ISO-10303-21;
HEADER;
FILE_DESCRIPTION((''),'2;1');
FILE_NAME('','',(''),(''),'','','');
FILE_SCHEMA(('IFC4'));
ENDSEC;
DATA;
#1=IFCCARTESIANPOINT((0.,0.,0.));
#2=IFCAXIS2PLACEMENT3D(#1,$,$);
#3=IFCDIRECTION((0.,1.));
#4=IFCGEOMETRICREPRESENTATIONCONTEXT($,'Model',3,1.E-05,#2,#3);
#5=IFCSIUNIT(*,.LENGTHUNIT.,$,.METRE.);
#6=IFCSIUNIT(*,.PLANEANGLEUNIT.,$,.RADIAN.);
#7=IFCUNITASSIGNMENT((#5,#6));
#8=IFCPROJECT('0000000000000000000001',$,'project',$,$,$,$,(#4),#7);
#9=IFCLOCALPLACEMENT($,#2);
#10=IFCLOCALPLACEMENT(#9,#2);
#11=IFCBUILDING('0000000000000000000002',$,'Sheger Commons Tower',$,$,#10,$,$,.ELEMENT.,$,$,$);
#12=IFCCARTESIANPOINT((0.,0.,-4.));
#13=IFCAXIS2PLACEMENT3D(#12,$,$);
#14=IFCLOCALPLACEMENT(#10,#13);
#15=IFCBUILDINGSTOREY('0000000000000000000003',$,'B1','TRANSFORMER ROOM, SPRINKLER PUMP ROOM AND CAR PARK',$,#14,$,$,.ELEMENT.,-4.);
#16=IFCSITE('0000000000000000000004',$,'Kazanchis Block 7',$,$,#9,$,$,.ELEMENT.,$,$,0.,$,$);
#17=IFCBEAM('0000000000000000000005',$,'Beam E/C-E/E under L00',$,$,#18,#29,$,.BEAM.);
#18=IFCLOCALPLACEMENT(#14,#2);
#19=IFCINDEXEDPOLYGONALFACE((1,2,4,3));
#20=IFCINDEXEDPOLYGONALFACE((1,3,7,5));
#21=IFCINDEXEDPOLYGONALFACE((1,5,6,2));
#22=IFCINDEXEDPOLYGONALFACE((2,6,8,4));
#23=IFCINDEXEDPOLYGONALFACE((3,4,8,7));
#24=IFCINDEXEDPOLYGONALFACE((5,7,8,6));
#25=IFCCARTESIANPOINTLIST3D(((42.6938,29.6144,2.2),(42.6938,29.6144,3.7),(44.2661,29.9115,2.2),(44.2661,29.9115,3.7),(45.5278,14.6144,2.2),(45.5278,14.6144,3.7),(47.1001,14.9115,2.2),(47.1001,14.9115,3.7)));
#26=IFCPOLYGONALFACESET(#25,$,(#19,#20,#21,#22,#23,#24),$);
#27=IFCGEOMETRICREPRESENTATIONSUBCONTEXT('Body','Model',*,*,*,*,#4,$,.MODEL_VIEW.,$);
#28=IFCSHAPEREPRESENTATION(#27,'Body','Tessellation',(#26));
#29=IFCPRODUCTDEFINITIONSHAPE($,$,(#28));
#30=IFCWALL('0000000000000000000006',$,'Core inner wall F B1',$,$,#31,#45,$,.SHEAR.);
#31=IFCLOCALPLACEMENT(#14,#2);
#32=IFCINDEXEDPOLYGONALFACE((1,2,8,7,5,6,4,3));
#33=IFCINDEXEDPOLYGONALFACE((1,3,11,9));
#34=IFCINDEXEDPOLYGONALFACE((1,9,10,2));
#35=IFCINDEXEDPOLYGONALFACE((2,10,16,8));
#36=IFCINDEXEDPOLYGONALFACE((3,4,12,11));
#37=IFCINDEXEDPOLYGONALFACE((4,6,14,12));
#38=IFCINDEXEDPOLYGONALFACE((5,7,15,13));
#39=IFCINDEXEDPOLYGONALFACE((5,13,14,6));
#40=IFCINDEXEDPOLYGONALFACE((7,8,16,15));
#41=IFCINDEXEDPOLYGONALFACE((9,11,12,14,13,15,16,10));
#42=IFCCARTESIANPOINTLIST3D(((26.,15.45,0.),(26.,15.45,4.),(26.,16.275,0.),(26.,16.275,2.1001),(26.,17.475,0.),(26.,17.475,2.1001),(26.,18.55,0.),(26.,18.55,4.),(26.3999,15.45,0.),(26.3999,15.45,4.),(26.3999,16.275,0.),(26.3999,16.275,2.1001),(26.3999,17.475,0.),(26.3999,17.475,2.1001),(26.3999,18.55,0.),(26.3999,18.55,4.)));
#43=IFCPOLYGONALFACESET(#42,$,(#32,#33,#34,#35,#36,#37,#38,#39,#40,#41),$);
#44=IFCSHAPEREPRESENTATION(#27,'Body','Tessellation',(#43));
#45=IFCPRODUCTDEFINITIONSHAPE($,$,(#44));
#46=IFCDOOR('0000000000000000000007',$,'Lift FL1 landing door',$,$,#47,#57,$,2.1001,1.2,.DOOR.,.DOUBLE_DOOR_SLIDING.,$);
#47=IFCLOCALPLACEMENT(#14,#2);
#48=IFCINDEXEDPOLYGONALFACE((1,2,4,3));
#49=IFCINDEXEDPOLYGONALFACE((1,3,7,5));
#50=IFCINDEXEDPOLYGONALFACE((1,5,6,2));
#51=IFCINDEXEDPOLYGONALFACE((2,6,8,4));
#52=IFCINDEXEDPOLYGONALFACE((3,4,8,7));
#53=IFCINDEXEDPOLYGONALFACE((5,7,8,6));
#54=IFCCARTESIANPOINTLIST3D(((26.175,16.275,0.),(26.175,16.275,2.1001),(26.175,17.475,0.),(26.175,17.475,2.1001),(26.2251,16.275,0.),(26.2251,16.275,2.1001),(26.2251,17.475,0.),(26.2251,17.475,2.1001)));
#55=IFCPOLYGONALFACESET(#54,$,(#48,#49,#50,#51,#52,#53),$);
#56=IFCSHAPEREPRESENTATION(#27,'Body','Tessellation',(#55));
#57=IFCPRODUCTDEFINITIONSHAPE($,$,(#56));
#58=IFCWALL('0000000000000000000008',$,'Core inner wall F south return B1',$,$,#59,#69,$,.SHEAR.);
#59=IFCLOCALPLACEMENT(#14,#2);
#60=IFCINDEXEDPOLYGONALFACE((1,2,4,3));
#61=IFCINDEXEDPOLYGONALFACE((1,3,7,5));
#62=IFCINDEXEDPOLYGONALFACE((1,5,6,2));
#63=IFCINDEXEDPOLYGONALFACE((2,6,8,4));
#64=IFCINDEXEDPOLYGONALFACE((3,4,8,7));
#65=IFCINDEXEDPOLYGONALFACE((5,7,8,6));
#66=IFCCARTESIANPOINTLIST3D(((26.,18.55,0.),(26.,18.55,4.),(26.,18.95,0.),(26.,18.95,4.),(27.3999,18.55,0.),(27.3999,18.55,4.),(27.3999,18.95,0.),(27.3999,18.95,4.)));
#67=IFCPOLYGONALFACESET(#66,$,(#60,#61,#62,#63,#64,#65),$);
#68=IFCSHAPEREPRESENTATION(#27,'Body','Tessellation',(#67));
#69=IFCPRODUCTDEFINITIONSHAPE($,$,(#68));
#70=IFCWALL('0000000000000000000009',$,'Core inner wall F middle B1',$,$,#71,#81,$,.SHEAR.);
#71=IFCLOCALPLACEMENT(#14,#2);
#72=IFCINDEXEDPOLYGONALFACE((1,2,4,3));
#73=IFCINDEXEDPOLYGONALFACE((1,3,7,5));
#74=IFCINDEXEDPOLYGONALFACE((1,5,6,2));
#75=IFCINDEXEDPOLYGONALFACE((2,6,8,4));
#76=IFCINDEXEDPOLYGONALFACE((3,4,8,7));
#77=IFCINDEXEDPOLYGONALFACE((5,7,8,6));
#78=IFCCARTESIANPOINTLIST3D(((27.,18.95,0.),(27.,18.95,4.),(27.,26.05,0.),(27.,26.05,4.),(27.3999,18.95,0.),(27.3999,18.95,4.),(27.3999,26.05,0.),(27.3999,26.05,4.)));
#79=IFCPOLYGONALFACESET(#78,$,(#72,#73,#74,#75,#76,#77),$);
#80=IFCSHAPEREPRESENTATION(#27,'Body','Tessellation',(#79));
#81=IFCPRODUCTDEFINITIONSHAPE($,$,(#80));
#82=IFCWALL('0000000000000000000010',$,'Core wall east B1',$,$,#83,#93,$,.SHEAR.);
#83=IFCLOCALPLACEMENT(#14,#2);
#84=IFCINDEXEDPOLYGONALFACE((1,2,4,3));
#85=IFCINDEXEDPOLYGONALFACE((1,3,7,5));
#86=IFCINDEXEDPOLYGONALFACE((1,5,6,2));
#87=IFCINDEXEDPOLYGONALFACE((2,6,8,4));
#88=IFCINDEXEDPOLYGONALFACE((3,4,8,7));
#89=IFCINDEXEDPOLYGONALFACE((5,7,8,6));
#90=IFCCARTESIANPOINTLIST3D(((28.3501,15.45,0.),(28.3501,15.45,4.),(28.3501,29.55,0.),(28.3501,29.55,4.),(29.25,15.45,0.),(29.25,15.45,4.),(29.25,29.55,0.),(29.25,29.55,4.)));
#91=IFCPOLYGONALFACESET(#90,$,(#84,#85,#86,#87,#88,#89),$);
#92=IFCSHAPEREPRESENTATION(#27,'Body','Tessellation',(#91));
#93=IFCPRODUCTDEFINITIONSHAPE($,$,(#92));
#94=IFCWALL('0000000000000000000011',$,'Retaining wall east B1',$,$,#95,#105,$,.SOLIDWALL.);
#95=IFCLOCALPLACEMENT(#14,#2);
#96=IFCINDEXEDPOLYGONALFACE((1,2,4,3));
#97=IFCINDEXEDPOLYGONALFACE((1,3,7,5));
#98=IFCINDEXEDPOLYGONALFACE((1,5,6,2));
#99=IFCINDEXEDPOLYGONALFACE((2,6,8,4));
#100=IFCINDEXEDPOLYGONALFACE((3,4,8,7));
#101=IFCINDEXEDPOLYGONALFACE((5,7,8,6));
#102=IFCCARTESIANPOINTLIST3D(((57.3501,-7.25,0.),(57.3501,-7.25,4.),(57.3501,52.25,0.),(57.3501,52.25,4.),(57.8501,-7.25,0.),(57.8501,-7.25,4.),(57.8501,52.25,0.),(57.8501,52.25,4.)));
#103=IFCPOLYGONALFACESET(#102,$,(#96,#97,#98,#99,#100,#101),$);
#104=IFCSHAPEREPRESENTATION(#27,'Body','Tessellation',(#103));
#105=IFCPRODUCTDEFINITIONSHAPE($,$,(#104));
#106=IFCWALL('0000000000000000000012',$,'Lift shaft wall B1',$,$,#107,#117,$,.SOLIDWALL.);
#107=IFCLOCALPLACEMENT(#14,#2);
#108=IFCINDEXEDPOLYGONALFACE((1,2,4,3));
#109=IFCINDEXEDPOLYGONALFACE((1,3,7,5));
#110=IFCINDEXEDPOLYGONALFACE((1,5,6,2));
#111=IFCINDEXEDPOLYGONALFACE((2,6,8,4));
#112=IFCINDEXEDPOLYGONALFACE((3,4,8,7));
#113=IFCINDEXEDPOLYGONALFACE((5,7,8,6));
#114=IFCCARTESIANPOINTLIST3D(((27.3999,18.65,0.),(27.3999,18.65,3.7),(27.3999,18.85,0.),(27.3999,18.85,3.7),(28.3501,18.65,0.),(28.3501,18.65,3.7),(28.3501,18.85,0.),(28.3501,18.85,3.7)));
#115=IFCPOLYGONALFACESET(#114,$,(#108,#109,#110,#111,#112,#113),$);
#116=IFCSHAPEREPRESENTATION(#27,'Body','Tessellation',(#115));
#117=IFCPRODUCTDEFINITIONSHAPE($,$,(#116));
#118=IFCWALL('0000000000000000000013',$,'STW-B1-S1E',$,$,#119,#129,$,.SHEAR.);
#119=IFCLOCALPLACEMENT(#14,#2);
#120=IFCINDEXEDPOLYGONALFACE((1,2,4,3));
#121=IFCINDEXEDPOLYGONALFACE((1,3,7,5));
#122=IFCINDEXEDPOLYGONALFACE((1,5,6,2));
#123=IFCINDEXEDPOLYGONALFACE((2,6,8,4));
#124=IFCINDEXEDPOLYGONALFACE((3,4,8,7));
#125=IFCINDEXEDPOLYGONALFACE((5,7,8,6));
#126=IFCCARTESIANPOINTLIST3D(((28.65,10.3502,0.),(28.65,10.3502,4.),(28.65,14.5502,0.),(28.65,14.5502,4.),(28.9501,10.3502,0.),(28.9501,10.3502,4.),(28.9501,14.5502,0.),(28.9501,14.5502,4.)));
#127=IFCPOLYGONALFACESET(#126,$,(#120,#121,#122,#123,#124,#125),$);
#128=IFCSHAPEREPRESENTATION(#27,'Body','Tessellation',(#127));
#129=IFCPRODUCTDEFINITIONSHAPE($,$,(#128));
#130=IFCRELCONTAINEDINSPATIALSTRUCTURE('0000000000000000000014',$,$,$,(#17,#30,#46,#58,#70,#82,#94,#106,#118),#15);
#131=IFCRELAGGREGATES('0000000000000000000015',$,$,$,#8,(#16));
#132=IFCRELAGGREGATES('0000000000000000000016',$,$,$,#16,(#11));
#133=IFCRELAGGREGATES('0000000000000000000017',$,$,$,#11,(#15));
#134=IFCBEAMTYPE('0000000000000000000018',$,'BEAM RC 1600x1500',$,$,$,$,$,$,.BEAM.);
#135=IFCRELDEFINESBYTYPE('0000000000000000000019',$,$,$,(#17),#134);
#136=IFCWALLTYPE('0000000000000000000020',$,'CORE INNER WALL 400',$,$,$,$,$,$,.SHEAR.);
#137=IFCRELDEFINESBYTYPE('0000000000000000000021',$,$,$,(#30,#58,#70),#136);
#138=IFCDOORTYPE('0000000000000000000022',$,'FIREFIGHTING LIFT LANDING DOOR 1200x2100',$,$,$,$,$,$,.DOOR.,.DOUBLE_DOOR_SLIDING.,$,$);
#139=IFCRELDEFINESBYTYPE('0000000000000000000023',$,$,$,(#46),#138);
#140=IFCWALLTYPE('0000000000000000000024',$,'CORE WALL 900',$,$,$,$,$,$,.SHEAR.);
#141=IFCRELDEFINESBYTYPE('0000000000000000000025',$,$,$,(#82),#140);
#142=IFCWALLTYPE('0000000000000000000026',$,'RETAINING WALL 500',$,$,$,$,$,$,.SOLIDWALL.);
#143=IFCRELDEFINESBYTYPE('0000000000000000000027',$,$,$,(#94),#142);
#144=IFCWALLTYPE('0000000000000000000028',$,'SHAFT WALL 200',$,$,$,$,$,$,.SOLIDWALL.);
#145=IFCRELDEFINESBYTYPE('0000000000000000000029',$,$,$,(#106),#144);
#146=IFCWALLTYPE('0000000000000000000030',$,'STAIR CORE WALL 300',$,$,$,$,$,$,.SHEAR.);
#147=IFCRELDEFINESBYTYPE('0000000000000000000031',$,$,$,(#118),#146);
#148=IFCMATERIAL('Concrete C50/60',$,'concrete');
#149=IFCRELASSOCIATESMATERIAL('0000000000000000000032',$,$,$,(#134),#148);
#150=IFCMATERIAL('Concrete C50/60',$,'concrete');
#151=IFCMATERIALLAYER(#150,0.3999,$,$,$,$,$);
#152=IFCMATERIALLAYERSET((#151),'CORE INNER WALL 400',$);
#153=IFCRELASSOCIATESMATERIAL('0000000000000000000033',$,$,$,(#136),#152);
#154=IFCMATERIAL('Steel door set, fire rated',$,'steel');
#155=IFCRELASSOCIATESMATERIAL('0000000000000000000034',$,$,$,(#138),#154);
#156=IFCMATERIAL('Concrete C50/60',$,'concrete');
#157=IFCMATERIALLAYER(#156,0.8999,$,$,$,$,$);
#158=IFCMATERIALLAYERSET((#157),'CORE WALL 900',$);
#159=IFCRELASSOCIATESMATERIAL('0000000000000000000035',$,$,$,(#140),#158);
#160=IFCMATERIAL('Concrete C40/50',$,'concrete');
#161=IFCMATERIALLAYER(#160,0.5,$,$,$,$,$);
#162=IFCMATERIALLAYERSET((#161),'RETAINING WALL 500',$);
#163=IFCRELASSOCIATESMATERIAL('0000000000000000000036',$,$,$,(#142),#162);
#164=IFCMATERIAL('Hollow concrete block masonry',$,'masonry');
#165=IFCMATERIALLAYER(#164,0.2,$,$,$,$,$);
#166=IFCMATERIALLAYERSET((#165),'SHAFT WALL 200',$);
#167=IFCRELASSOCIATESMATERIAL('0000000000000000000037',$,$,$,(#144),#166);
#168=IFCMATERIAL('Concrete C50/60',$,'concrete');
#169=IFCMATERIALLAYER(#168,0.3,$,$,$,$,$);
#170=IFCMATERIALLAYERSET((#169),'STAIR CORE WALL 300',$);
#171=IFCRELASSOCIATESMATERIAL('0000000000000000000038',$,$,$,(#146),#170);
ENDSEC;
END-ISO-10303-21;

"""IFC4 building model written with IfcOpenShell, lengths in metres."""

from ifc_helpers import new_model, si_unit, direction, frame, frame_2d, origin, origin_2d, place, context, subcontext, project, spatial, rectangle, extrude, material, layer, layer_set, material_profile, profile_set, type_object, element, fill, save


model = new_model("IFC4")

# Units and contexts
model_context = context("Model", 3, precision=1e-05, world=origin(), true_north=direction((0.0, 1.0)))
body_context = subcontext(model_context, "Body", "Model", "MODEL_VIEW")
ifc_project = project(units=[si_unit("LENGTHUNIT", "METRE"), si_unit("PLANEANGLEUNIT", "RADIAN")], contexts=[model_context])

# Site, building, storey
site_placement = place(None, origin())
site = spatial("IfcSite", under=ifc_project, at=site_placement, Name="Kazanchis Block 7", CompositionType="ELEMENT", RefElevation=0.0)
building_placement = place(site_placement, origin())
building = spatial("IfcBuilding", under=site, at=building_placement, Name="Sheger Commons Tower", CompositionType="ELEMENT")
storey_placement = place(building_placement, frame((0.0, 0.0, -4.0)))
storey = spatial("IfcBuildingStorey", under=building, at=storey_placement, Name="B1", Description="TRANSFORMER ROOM, SPRINKLER PUMP ROOM AND CAR PARK", CompositionType="ELEMENT", Elevation=-4.0)

# Beam
ifc_material_1 = material(Name="Concrete C50/60", Category="concrete")
ifc_material_profile_1 = material_profile(ifc_material_1, rectangle(XDim=1.6001, YDim=1.5, at=origin_2d()), Name="RC 1600x1500")
ifc_profile_set_1 = profile_set([ifc_material_profile_1], Name="Concrete C50/60")
beam_type = type_object("IfcBeamType", Name="BEAM RC 1600x1500", PredefinedType="BEAM", material=ifc_profile_set_1)
beam_1_placement = place(storey_placement, frame((46.314, 14.7629, 2.95), z_axis=(-0.185648, 0.982616, 0.0), x_axis=(-0.982616, -0.185648, 0.0)))
element("IfcBeam", 1, at=beam_1_placement, inside=storey, type_object=beam_type, Name="Beam E/C-E/E under L00", PredefinedType="BEAM", context=body_context, shape_type="SweptSolid", body=[
    extrude(rectangle(XDim=1.6001, YDim=1.5, at=origin_2d()), origin(), (0.0, 0.0, 1.0), 15.2654),
])

# Wall, opening, door
ifc_material_2 = material(Name="Concrete C50/60", Category="concrete")
ifc_layer_1 = layer(ifc_material_2, 0.3999)
ifc_layer_set_1 = layer_set([ifc_layer_1], Name="CORE INNER WALL 400")
wall_type_1 = type_object("IfcWallType", Name="CORE INNER WALL 400", PredefinedType="SHEAR", material=ifc_layer_set_1)
wall_1_placement = place(storey_placement, frame((26.2, 15.45, 0.0), z_axis=(0.0, 0.0, 1.0), x_axis=(0.0, 1.0, 0.0)))
wall_1 = element("IfcWall", 2, at=wall_1_placement, inside=storey, type_object=wall_type_1, Name="Core inner wall F B1", PredefinedType="SHEAR", context=body_context, shape_type="SweptSolid", body=[
    extrude(rectangle(XDim=3.1001, YDim=0.3999, at=frame_2d((1.55, 0.0))), origin(), (0.0, 0.0, 1.0), 4.0),
])
opening_placement = place(wall_1_placement, frame((0.825, 0.0, 0.0)))
opening = element("IfcOpeningElement", 3, at=opening_placement, cuts=wall_1, PredefinedType="OPENING", context=body_context, shape_type="SweptSolid", body=[
    extrude(rectangle(XDim=1.2, YDim=2.1001, at=frame_2d((0.6001, 1.05))), frame((0.0, 0.21, 0.0), z_axis=(0.0, -1.0, 0.0), x_axis=(1.0, 0.0, 0.0)), (0.0, 0.0, 1.0), 0.4199),
])
ifc_material_3 = material(Name="Steel door set, fire rated", Category="steel")
door_type = type_object("IfcDoorType", Name="FIREFIGHTING LIFT LANDING DOOR 1200x2100", OperationType="DOUBLE_DOOR_SLIDING", PredefinedType="DOOR", material=ifc_material_3)
door_placement = place(opening_placement, origin())
door = element("IfcDoor", 4, at=door_placement, inside=storey, type_object=door_type, Name="Lift FL1 landing door", OperationType="DOUBLE_DOOR_SLIDING", OverallHeight=2.1001, OverallWidth=1.2, PredefinedType="DOOR", context=body_context, shape_type="SweptSolid", body=[
    extrude(rectangle(XDim=1.2, YDim=2.1001, at=frame_2d((0.6001, 1.05))), frame((0.0, 0.0249, 0.0), z_axis=(0.0, -1.0, 0.0), x_axis=(1.0, 0.0, 0.0)), (0.0, 0.0, 1.0), 0.05),
])
fill(opening, door)

# Walls
wall_2_placement = place(storey_placement, frame((26.0, 18.75, 0.0), z_axis=(0.0, 0.0, 1.0), x_axis=(1.0, 0.0, 0.0)))
element("IfcWall", 5, at=wall_2_placement, inside=storey, type_object=wall_type_1, Name="Core inner wall F south return B1", PredefinedType="SHEAR", context=body_context, shape_type="SweptSolid", body=[
    extrude(rectangle(XDim=1.3999, YDim=0.3999, at=frame_2d((0.7, 0.0))), origin(), (0.0, 0.0, 1.0), 4.0),
])
wall_3_placement = place(storey_placement, frame((27.2, 18.95, 0.0), z_axis=(0.0, 0.0, 1.0), x_axis=(0.0, 1.0, 0.0)))
element("IfcWall", 6, at=wall_3_placement, inside=storey, type_object=wall_type_1, Name="Core inner wall F middle B1", PredefinedType="SHEAR", context=body_context, shape_type="SweptSolid", body=[
    extrude(rectangle(XDim=7.1001, YDim=0.3999, at=frame_2d((3.55, 0.0))), origin(), (0.0, 0.0, 1.0), 4.0),
])
ifc_material_4 = material(Name="Concrete C50/60", Category="concrete")
ifc_layer_2 = layer(ifc_material_4, 0.8999)
ifc_layer_set_2 = layer_set([ifc_layer_2], Name="CORE WALL 900")
wall_type_2 = type_object("IfcWallType", Name="CORE WALL 900", PredefinedType="SHEAR", material=ifc_layer_set_2)
wall_4_placement = place(storey_placement, frame((28.8, 15.45, 0.0), z_axis=(0.0, 0.0, 1.0), x_axis=(0.0, 1.0, 0.0)))
element("IfcWall", 7, at=wall_4_placement, inside=storey, type_object=wall_type_2, Name="Core wall east B1", PredefinedType="SHEAR", context=body_context, shape_type="SweptSolid", body=[
    extrude(rectangle(XDim=14.1001, YDim=0.8999, at=frame_2d((7.05, 0.0))), origin(), (0.0, 0.0, 1.0), 4.0),
])
ifc_material_5 = material(Name="Concrete C40/50", Category="concrete")
ifc_layer_3 = layer(ifc_material_5, 0.5)
ifc_layer_set_3 = layer_set([ifc_layer_3], Name="RETAINING WALL 500")
wall_type_3 = type_object("IfcWallType", Name="RETAINING WALL 500", PredefinedType="SOLIDWALL", material=ifc_layer_set_3)
wall_5_placement = place(storey_placement, frame((57.6001, -7.25, 0.0), z_axis=(0.0, 0.0, 1.0), x_axis=(0.0, 1.0, 0.0)))
element("IfcWall", 8, at=wall_5_placement, inside=storey, type_object=wall_type_3, Name="Retaining wall east B1", PredefinedType="SOLIDWALL", context=body_context, shape_type="SweptSolid", body=[
    extrude(rectangle(XDim=59.5, YDim=0.5, at=frame_2d((29.75, 0.0))), origin(), (0.0, 0.0, 1.0), 4.0),
])
ifc_material_6 = material(Name="Hollow concrete block masonry", Category="masonry")
ifc_layer_4 = layer(ifc_material_6, 0.2)
ifc_layer_set_4 = layer_set([ifc_layer_4], Name="SHAFT WALL 200")
wall_type_4 = type_object("IfcWallType", Name="SHAFT WALL 200", PredefinedType="SOLIDWALL", material=ifc_layer_set_4)
wall_6_placement = place(storey_placement, frame((27.3999, 18.75, 0.0), z_axis=(0.0, 0.0, 1.0), x_axis=(1.0, 0.0, 0.0)))
element("IfcWall", 9, at=wall_6_placement, inside=storey, type_object=wall_type_4, Name="Lift shaft wall B1", PredefinedType="SOLIDWALL", context=body_context, shape_type="SweptSolid", body=[
    extrude(rectangle(XDim=0.9502, YDim=0.2, at=frame_2d((0.4751, 0.0))), origin(), (0.0, 0.0, 1.0), 3.7),
])
ifc_material_7 = material(Name="Concrete C50/60", Category="concrete")
ifc_layer_5 = layer(ifc_material_7, 0.3)
ifc_layer_set_5 = layer_set([ifc_layer_5], Name="STAIR CORE WALL 300")
wall_type_5 = type_object("IfcWallType", Name="STAIR CORE WALL 300", PredefinedType="SHEAR", material=ifc_layer_set_5)
wall_7_placement = place(storey_placement, frame((28.8, 10.3501, 0.0), z_axis=(0.0, 0.0, 1.0), x_axis=(0.0, 1.0, 0.0)))
element("IfcWall", 10, at=wall_7_placement, inside=storey, type_object=wall_type_5, Name="STW-B1-S1E", PredefinedType="SHEAR", context=body_context, shape_type="SweptSolid", body=[
    extrude(rectangle(XDim=4.2, YDim=0.3, at=frame_2d((2.1001, 0.0))), origin(), (0.0, 0.0, 1.0), 4.0),
])

save(model, "model.ifc")
